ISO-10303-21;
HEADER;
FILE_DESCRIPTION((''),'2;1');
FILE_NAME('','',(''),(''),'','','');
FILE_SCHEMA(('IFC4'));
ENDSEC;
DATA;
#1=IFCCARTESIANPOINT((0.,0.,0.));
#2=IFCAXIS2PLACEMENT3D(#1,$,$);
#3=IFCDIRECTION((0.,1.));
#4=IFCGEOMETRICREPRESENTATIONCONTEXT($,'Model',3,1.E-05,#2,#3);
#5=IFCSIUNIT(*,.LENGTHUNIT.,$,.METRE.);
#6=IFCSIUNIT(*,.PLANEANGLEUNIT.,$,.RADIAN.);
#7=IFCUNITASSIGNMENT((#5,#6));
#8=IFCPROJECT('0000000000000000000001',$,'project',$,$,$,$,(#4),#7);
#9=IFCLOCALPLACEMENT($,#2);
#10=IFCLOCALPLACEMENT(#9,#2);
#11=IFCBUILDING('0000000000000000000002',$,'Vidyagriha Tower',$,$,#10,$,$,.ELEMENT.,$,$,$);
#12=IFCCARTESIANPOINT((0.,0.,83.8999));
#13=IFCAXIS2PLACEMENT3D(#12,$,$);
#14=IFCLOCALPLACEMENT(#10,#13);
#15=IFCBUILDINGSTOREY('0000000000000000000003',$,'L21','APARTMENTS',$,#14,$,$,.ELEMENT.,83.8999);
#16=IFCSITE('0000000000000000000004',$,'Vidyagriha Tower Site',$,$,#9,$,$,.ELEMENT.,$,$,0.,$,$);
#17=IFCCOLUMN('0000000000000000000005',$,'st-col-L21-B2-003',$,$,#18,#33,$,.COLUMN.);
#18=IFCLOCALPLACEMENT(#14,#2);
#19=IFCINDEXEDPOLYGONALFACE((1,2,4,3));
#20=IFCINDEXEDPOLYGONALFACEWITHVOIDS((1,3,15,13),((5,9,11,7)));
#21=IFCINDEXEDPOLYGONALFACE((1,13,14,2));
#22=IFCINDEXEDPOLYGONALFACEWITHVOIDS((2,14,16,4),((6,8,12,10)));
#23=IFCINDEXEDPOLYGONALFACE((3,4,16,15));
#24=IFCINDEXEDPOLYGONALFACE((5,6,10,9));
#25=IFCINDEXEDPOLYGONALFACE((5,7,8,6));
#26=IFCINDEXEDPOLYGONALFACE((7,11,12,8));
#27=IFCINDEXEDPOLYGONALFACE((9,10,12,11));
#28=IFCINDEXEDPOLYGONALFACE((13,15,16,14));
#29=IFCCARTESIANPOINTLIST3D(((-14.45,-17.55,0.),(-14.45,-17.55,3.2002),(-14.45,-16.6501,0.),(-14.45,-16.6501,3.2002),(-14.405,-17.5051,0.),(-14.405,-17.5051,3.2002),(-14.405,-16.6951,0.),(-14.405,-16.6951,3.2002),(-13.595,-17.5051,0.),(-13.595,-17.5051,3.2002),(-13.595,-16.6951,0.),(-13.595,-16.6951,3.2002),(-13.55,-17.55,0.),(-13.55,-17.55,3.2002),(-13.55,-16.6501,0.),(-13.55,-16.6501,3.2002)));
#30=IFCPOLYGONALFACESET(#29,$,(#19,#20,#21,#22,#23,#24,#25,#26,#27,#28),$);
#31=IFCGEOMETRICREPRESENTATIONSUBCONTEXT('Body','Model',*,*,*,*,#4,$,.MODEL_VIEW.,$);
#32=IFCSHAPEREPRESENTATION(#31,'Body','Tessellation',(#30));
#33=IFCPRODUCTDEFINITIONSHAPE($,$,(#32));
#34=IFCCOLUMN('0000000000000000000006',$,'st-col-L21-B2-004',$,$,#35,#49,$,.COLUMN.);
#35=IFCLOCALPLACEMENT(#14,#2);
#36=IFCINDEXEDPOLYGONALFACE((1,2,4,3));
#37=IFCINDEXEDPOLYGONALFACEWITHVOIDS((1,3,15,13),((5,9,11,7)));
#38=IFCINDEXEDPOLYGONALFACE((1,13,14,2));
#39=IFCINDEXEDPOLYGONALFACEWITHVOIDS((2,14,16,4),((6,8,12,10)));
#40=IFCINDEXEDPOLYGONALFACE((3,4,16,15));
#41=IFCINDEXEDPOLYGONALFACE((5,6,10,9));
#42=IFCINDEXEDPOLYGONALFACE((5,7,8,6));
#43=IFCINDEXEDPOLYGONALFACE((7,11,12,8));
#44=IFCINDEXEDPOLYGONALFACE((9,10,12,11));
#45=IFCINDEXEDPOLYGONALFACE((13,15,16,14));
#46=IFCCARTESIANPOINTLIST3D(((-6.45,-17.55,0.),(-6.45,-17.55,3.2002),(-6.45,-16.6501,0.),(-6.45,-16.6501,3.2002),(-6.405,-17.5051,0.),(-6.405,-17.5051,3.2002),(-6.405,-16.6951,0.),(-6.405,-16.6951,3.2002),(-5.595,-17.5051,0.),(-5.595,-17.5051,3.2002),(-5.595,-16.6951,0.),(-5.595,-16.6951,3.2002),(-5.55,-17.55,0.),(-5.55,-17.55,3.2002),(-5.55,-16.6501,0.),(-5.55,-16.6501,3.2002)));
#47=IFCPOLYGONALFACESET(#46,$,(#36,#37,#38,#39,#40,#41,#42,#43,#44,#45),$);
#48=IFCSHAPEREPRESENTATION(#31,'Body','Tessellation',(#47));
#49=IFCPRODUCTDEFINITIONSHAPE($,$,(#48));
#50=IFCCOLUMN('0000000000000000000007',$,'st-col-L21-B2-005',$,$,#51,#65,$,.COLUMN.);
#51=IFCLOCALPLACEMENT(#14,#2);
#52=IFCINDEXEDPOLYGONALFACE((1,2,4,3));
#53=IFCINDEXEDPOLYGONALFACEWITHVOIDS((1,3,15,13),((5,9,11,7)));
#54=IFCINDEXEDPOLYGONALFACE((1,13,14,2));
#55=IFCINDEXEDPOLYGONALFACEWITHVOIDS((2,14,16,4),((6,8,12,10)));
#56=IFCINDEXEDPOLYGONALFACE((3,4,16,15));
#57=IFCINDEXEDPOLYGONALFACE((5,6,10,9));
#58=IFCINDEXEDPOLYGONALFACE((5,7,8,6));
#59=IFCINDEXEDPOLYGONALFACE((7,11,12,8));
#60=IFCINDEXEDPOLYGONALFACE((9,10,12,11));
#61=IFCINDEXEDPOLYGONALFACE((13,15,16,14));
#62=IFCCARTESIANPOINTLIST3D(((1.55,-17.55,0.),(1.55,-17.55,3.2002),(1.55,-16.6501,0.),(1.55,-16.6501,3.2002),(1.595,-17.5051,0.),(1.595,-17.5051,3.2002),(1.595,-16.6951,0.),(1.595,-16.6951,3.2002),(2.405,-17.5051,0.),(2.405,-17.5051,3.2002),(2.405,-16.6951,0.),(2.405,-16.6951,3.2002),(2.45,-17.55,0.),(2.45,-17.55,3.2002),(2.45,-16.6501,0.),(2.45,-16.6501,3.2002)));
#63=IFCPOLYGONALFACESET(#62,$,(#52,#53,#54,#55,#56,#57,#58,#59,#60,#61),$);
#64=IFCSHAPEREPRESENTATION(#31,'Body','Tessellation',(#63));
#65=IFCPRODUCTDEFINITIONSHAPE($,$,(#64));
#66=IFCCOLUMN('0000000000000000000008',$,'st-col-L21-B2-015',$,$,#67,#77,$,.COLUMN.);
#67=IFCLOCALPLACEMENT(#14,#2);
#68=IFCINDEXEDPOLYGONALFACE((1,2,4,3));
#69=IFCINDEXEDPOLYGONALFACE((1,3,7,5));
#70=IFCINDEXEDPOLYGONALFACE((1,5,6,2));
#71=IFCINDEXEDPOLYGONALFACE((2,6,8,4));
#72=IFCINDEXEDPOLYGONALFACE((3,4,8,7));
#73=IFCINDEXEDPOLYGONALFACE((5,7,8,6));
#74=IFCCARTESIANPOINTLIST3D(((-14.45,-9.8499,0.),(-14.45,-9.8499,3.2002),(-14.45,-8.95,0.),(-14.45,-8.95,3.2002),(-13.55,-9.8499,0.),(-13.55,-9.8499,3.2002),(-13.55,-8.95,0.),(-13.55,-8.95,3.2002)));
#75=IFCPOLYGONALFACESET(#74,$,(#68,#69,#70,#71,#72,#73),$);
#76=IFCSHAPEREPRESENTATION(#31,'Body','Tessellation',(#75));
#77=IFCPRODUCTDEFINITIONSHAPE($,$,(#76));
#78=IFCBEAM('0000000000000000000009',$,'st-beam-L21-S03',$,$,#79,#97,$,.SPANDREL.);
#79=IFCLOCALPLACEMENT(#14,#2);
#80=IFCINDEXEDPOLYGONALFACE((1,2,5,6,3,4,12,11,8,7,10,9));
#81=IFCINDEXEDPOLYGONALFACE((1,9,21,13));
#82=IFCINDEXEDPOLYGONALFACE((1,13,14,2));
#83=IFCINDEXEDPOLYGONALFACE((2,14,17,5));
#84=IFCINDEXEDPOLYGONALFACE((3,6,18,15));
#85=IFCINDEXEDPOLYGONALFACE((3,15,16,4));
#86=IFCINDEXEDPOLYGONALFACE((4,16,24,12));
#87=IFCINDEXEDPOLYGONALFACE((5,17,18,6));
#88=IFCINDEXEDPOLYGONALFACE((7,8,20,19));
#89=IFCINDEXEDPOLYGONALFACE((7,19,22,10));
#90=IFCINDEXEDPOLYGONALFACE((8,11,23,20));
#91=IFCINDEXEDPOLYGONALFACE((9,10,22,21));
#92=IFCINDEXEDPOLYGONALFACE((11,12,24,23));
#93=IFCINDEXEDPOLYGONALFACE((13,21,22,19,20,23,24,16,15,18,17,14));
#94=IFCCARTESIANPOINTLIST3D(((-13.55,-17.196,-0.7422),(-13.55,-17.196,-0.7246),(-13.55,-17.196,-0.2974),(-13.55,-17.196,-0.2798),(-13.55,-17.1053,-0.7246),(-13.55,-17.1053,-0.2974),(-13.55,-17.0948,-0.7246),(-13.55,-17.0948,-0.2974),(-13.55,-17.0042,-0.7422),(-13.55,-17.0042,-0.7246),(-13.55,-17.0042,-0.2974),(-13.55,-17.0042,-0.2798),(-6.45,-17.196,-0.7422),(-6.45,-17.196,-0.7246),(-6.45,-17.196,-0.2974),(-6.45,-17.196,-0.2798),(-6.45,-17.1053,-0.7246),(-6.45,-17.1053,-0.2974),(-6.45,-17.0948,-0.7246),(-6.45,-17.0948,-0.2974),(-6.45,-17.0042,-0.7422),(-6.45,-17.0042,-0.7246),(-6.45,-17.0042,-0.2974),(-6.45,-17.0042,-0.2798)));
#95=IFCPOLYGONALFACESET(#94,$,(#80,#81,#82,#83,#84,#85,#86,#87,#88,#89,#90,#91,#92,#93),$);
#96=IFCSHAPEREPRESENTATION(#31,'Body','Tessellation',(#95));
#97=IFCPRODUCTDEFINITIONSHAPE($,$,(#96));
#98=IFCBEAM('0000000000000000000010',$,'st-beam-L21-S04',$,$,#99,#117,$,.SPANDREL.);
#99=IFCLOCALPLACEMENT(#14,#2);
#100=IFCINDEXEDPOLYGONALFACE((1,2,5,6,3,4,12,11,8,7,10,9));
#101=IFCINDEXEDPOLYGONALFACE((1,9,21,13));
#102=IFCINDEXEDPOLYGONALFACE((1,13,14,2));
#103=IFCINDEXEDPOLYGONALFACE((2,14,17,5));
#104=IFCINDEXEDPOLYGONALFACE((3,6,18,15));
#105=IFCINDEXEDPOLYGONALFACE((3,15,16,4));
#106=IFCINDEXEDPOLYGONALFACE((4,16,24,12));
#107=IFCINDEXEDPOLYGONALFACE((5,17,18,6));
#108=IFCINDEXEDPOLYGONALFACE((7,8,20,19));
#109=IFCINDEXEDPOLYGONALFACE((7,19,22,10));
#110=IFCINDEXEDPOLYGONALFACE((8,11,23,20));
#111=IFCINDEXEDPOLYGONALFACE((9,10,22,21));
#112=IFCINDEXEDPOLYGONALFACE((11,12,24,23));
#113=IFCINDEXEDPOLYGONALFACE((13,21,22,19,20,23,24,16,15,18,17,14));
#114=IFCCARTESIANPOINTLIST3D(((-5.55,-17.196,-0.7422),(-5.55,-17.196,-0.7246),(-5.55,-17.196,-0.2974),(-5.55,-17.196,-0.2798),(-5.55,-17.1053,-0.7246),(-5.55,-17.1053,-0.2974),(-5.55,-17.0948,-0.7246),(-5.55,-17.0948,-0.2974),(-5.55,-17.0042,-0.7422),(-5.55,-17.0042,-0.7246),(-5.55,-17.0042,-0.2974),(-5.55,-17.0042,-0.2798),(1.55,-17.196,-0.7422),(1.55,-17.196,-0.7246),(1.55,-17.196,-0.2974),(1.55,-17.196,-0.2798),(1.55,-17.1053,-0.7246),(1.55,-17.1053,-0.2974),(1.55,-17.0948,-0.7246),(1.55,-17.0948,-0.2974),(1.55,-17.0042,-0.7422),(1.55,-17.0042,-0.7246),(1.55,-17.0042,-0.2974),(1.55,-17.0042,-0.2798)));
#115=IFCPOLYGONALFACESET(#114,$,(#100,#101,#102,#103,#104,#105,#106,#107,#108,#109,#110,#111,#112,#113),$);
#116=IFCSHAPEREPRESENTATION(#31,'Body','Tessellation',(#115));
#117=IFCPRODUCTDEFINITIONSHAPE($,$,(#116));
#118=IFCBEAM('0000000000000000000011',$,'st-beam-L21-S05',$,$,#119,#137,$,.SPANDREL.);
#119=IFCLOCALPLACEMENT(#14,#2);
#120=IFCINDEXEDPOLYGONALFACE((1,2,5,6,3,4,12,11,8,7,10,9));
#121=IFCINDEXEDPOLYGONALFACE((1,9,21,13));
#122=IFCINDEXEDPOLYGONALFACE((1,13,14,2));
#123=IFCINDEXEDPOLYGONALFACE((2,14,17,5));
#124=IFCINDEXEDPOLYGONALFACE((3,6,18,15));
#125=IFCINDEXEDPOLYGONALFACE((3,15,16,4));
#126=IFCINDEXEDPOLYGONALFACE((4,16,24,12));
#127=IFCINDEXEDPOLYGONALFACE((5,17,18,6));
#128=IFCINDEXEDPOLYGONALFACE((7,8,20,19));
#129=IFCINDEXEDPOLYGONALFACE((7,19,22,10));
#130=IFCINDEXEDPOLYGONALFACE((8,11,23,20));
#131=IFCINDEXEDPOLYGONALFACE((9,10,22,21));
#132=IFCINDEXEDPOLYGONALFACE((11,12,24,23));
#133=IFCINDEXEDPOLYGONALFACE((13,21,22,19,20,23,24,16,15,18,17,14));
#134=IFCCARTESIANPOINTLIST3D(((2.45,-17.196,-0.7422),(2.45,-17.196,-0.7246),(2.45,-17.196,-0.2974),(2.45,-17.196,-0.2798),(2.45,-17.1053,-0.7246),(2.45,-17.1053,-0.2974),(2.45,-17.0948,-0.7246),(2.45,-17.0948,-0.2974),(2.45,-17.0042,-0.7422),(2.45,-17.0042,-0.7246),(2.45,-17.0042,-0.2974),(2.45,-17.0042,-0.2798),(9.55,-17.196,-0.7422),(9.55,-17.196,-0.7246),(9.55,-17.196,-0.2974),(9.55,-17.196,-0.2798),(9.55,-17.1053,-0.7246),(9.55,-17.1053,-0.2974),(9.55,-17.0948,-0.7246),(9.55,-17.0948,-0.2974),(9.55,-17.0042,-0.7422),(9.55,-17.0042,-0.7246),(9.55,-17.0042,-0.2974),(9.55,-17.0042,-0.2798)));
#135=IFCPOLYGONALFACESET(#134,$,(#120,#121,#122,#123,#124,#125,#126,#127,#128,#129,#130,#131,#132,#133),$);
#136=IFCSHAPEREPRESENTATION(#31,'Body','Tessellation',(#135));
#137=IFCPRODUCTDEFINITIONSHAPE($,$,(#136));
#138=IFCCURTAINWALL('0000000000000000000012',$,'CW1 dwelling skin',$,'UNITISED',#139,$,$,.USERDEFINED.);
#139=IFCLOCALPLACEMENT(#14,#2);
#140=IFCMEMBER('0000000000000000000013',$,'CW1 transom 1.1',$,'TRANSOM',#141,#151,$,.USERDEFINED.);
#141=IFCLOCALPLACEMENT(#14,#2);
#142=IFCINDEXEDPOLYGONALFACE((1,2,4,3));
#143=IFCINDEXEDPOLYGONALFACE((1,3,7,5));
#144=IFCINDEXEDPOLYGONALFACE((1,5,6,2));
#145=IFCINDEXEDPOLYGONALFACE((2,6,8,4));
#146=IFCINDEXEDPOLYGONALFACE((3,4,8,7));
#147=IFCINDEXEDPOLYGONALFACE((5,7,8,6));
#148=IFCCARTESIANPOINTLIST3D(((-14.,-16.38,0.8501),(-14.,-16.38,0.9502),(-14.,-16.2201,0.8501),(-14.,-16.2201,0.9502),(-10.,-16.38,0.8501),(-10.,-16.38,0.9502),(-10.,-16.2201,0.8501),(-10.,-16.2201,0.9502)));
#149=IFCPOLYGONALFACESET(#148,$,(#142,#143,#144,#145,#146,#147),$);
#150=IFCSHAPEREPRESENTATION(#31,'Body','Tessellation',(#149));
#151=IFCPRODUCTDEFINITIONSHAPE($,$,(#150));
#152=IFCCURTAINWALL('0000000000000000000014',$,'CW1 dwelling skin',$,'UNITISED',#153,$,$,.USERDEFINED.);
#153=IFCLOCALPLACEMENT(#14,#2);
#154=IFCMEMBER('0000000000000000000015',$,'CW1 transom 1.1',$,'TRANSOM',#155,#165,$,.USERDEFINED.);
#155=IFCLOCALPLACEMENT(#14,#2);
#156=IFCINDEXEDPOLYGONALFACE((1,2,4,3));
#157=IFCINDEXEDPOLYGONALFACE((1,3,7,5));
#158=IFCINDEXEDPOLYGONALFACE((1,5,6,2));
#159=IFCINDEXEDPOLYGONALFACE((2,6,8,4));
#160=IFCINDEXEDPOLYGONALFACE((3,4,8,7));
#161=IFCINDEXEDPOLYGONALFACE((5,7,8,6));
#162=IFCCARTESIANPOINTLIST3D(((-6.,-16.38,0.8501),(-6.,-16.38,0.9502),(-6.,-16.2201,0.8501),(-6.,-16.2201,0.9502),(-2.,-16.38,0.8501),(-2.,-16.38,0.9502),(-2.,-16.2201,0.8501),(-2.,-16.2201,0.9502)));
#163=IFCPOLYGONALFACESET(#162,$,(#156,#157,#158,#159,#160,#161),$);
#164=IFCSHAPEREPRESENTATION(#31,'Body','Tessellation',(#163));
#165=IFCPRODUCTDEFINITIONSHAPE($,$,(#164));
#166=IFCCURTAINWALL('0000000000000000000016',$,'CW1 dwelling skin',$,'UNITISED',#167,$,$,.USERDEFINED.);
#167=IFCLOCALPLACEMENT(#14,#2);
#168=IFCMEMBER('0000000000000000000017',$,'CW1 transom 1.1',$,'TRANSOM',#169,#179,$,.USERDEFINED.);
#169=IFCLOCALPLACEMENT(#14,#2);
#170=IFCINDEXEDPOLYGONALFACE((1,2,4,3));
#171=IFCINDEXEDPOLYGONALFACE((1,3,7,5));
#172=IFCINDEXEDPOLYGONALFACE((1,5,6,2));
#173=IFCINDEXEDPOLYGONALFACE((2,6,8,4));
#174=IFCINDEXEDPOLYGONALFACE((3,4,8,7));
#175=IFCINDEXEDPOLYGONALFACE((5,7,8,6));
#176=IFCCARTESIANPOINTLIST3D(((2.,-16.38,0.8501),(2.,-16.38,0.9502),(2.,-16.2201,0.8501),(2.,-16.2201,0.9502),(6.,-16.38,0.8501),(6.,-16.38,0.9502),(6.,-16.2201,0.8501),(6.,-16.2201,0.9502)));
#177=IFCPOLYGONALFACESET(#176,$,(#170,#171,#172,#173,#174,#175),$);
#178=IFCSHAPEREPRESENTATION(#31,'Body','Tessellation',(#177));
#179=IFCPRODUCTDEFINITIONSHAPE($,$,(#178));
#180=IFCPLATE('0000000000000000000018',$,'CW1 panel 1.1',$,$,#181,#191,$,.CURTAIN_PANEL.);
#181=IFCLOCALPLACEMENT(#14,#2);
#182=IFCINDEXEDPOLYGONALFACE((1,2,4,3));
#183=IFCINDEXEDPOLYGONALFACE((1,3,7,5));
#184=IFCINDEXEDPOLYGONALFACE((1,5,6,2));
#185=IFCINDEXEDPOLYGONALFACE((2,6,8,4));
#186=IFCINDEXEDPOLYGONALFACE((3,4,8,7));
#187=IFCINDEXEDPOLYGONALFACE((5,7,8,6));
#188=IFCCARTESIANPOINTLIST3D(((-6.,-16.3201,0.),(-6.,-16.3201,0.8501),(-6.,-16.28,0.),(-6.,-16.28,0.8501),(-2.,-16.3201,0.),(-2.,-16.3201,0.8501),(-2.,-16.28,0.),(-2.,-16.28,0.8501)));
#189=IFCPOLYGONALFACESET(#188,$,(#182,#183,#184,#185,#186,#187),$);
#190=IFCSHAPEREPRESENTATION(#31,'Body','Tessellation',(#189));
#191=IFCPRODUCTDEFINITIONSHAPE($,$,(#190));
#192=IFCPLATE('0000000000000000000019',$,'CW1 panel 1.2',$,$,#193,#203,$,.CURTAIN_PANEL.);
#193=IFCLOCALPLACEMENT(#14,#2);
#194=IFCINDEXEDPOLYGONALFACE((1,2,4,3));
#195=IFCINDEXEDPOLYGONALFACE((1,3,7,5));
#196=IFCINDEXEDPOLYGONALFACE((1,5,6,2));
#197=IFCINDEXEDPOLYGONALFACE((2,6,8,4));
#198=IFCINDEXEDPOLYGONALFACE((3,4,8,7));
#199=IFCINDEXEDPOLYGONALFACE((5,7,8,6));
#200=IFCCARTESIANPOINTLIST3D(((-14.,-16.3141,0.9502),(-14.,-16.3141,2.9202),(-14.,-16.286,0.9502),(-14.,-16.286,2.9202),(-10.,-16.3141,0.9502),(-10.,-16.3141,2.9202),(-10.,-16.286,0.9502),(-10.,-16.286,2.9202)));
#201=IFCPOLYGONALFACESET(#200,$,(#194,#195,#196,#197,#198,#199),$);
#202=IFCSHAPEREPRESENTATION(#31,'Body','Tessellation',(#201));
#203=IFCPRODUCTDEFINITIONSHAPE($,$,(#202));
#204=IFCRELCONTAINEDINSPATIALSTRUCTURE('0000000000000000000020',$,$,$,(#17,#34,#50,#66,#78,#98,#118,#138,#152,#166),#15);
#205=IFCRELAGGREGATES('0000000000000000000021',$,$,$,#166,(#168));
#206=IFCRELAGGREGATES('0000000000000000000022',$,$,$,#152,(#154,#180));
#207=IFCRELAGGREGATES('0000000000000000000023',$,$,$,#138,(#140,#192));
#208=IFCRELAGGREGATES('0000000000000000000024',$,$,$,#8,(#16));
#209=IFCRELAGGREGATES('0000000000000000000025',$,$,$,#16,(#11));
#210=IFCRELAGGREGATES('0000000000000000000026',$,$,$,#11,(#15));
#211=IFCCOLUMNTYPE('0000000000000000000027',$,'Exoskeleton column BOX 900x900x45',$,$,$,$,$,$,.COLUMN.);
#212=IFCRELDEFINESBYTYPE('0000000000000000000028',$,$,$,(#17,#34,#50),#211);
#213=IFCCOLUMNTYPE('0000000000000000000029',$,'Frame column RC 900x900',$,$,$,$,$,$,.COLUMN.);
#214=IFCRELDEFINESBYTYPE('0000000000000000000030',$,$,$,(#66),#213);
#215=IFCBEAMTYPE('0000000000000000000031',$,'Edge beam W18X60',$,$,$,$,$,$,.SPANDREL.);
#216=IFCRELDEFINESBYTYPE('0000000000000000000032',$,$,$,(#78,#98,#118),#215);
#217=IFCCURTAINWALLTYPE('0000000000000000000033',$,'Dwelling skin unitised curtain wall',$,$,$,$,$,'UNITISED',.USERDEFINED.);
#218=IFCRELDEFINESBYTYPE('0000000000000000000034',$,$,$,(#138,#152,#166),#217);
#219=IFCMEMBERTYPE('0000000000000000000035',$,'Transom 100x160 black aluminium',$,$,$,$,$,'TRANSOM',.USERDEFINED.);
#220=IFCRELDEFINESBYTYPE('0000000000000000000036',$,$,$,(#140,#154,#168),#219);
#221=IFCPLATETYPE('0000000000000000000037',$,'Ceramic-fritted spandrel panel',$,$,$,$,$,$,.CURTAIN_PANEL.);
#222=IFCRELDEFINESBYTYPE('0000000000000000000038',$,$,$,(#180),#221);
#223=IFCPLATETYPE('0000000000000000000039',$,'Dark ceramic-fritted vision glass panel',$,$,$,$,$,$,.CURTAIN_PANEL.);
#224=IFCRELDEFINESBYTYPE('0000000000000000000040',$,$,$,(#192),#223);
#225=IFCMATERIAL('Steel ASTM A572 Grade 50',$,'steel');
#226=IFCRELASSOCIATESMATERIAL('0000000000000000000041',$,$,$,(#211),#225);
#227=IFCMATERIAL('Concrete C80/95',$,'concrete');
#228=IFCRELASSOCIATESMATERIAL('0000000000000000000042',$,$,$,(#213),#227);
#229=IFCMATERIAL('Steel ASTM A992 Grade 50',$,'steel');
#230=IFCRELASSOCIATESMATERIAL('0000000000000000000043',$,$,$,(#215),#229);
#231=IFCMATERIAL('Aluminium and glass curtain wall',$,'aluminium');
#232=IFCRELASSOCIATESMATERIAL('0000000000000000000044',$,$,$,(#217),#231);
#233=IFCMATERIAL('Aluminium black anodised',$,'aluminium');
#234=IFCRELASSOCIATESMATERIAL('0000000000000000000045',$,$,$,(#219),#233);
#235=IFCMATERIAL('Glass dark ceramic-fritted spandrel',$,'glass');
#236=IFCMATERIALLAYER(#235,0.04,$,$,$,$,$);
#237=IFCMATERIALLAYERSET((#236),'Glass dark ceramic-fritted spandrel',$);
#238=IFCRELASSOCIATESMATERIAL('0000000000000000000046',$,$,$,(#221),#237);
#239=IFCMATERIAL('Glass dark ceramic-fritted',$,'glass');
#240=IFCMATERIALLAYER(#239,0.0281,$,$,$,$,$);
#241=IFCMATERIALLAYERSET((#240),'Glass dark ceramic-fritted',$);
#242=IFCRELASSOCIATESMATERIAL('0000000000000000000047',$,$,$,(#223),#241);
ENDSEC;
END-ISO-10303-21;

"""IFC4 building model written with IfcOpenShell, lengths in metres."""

from ifc_helpers import new_model, si_unit, direction, frame, origin, origin_2d, place, context, subcontext, project, spatial, rectangle, hollow_rectangle, i_section, extrude, material, layer, layer_set, material_profile, profile_set, type_object, element, aggregate, save


model = new_model("IFC4")

# Units and contexts
model_context = context("Model", 3, precision=1e-05, world=origin(), true_north=direction((0.0, 1.0)))
body_context = subcontext(model_context, "Body", "Model", "MODEL_VIEW")
ifc_project = project(units=[si_unit("LENGTHUNIT", "METRE"), si_unit("PLANEANGLEUNIT", "RADIAN")], contexts=[model_context])

# Site, building, storey
site_placement = place(None, origin())
site = spatial("IfcSite", under=ifc_project, at=site_placement, Name="Vidyagriha Tower Site", CompositionType="ELEMENT", RefElevation=0.0)
building_placement = place(site_placement, origin())
building = spatial("IfcBuilding", under=site, at=building_placement, Name="Vidyagriha Tower", CompositionType="ELEMENT")
storey_placement = place(building_placement, frame((0.0, 0.0, 83.8999)))
storey = spatial("IfcBuildingStorey", under=building, at=storey_placement, Name="L21", Description="APARTMENTS", CompositionType="ELEMENT", Elevation=83.8999)

# Columns
ifc_material_1 = material(Name="Steel ASTM A572 Grade 50", Category="steel")
ifc_material_profile_1 = material_profile(ifc_material_1, hollow_rectangle(XDim=0.8999, YDim=0.8999, WallThickness=0.0449, at=origin_2d()), Name="BOX 900x900x45")
ifc_profile_set_1 = profile_set([ifc_material_profile_1], Name="Steel ASTM A572 Grade 50")
column_type_1 = type_object("IfcColumnType", Name="Exoskeleton column BOX 900x900x45", PredefinedType="COLUMN", material=ifc_profile_set_1)
for number, where, name in (
    (1, (-14.0, -17.1001, 0.0), "st-col-L21-B2-003"),
    (2, (-6.0, -17.1001, 0.0), "st-col-L21-B2-004"),
    (3, (2.0, -17.1001, 0.0), "st-col-L21-B2-005"),
):
    element("IfcColumn", number, at=place(storey_placement, frame(where)), inside=storey, type_object=column_type_1, Name=name, PredefinedType="COLUMN", context=body_context, shape_type="SweptSolid", body=[
        extrude(hollow_rectangle(XDim=0.8999, YDim=0.8999, WallThickness=0.0449, at=origin_2d()), origin(), (0.0, 0.0, 1.0), 3.2002),
    ])
ifc_material_2 = material(Name="Concrete C80/95", Category="concrete")
ifc_material_profile_2 = material_profile(ifc_material_2, rectangle(XDim=0.8999, YDim=0.8999, at=origin_2d()), Name="RC 900x900")
ifc_profile_set_2 = profile_set([ifc_material_profile_2], Name="Concrete C80/95")
column_type_2 = type_object("IfcColumnType", Name="Frame column RC 900x900", PredefinedType="COLUMN", material=ifc_profile_set_2)
column_placement = place(storey_placement, frame((-14.0, -9.3999, 0.0)))
element("IfcColumn", 4, at=column_placement, inside=storey, type_object=column_type_2, Name="st-col-L21-B2-015", PredefinedType="COLUMN", context=body_context, shape_type="SweptSolid", body=[
    extrude(rectangle(XDim=0.8999, YDim=0.8999, at=origin_2d()), origin(), (0.0, 0.0, 1.0), 3.2002),
])

# Beams
ifc_material_3 = material(Name="Steel ASTM A992 Grade 50", Category="steel")
ifc_material_profile_3 = material_profile(ifc_material_3, i_section(OverallWidth=0.1919, OverallDepth=0.4624, WebThickness=0.0105, FlangeThickness=0.0176, at=origin_2d()), Name="W18X60")
ifc_profile_set_3 = profile_set([ifc_material_profile_3], Name="Steel ASTM A992 Grade 50")
beam_type = type_object("IfcBeamType", Name="Edge beam W18X60", PredefinedType="SPANDREL", material=ifc_profile_set_3)
for number, where, z_axis, x_axis, name in (
    (5, (-13.55, -17.1001, -0.511), (1.0, 0.0, 0.0), (0.0, 1.0, 0.0), "st-beam-L21-S03"),
    (6, (-5.55, -17.1001, -0.511), (1.0, 0.0, 0.0), (0.0, 1.0, 0.0), "st-beam-L21-S04"),
    (7, (2.45, -17.1001, -0.511), (1.0, 0.0, 0.0), (0.0, 1.0, 0.0), "st-beam-L21-S05"),
):
    element("IfcBeam", number, at=place(storey_placement, frame(where, z_axis=z_axis, x_axis=x_axis)), inside=storey, type_object=beam_type, Name=name, PredefinedType="SPANDREL", context=body_context, shape_type="SweptSolid", body=[
        extrude(i_section(OverallWidth=0.1919, OverallDepth=0.4624, WebThickness=0.0105, FlangeThickness=0.0176, at=origin_2d()), origin(), (0.0, 0.0, 1.0), 7.1001),
    ])

# Curtain walls, members
ifc_material_4 = material(Name="Aluminium and glass curtain wall", Category="aluminium")
curtain_wall_type = type_object("IfcCurtainWallType", Name="Dwelling skin unitised curtain wall", ElementType="UNITISED", PredefinedType="USERDEFINED", material=ifc_material_4)
curtain_wall_1_placement = place(storey_placement, origin())
curtain_wall_1 = element("IfcCurtainWall", 8, at=curtain_wall_1_placement, inside=storey, type_object=curtain_wall_type, Name="CW1 dwelling skin", ObjectType="UNITISED", PredefinedType="USERDEFINED")
ifc_material_5 = material(Name="Aluminium black anodised", Category="aluminium")
ifc_material_profile_4 = material_profile(ifc_material_5, rectangle(XDim=0.1599, YDim=0.1001, at=origin_2d()), Name="Transom 100x160 black aluminium")
ifc_profile_set_4 = profile_set([ifc_material_profile_4], Name="Aluminium black anodised")
member_type = type_object("IfcMemberType", Name="Transom 100x160 black aluminium", ElementType="TRANSOM", PredefinedType="USERDEFINED", material=ifc_profile_set_4)
member_1_placement = place(storey_placement, frame((-14.0, -16.3, 0.9001), z_axis=(1.0, 0.0, 0.0), x_axis=(0.0, 1.0, 0.0)))
member_1 = element("IfcMember", 9, at=member_1_placement, type_object=member_type, Name="CW1 transom 1.1", ObjectType="TRANSOM", PredefinedType="USERDEFINED", context=body_context, shape_type="SweptSolid", body=[
    extrude(rectangle(XDim=0.1599, YDim=0.1001, at=origin_2d()), origin(), (0.0, 0.0, 1.0), 4.0),
])
curtain_wall_2_placement = place(storey_placement, origin())
curtain_wall_2 = element("IfcCurtainWall", 10, at=curtain_wall_2_placement, inside=storey, type_object=curtain_wall_type, Name="CW1 dwelling skin", ObjectType="UNITISED", PredefinedType="USERDEFINED")
member_2_placement = place(storey_placement, frame((-6.0, -16.3, 0.9001), z_axis=(1.0, 0.0, 0.0), x_axis=(0.0, 1.0, 0.0)))
member_2 = element("IfcMember", 11, at=member_2_placement, type_object=member_type, Name="CW1 transom 1.1", ObjectType="TRANSOM", PredefinedType="USERDEFINED", context=body_context, shape_type="SweptSolid", body=[
    extrude(rectangle(XDim=0.1599, YDim=0.1001, at=origin_2d()), origin(), (0.0, 0.0, 1.0), 4.0),
])
curtain_wall_3_placement = place(storey_placement, origin())
curtain_wall_3 = element("IfcCurtainWall", 12, at=curtain_wall_3_placement, inside=storey, type_object=curtain_wall_type, Name="CW1 dwelling skin", ObjectType="UNITISED", PredefinedType="USERDEFINED")
member_3_placement = place(storey_placement, frame((2.0, -16.3, 0.9001), z_axis=(1.0, 0.0, 0.0), x_axis=(0.0, 1.0, 0.0)))
member_3 = element("IfcMember", 13, at=member_3_placement, type_object=member_type, Name="CW1 transom 1.1", ObjectType="TRANSOM", PredefinedType="USERDEFINED", context=body_context, shape_type="SweptSolid", body=[
    extrude(rectangle(XDim=0.1599, YDim=0.1001, at=origin_2d()), origin(), (0.0, 0.0, 1.0), 4.0),
])
aggregate(curtain_wall_3, [member_3])

# Plates
ifc_material_6 = material(Name="Glass dark ceramic-fritted spandrel", Category="glass")
ifc_layer_1 = layer(ifc_material_6, 0.04)
ifc_layer_set_1 = layer_set([ifc_layer_1], Name="Glass dark ceramic-fritted spandrel")
plate_type_1 = type_object("IfcPlateType", Name="Ceramic-fritted spandrel panel", PredefinedType="CURTAIN_PANEL", material=ifc_layer_set_1)
plate_1_placement = place(storey_placement, frame((-4.0, -16.3, 0.0)))
plate_1 = element("IfcPlate", 14, at=plate_1_placement, type_object=plate_type_1, Name="CW1 panel 1.1", PredefinedType="CURTAIN_PANEL", context=body_context, shape_type="SweptSolid", body=[
    extrude(rectangle(XDim=4.0, YDim=0.04, at=origin_2d()), origin(), (0.0, 0.0, 1.0), 0.8501),
])
ifc_material_7 = material(Name="Glass dark ceramic-fritted", Category="glass")
ifc_layer_2 = layer(ifc_material_7, 0.0281)
ifc_layer_set_2 = layer_set([ifc_layer_2], Name="Glass dark ceramic-fritted")
plate_type_2 = type_object("IfcPlateType", Name="Dark ceramic-fritted vision glass panel", PredefinedType="CURTAIN_PANEL", material=ifc_layer_set_2)
plate_2_placement = place(storey_placement, frame((-12.0, -16.3, 0.9502)))
plate_2 = element("IfcPlate", 15, at=plate_2_placement, type_object=plate_type_2, Name="CW1 panel 1.2", PredefinedType="CURTAIN_PANEL", context=body_context, shape_type="SweptSolid", body=[
    extrude(rectangle(XDim=4.0, YDim=0.0281, at=origin_2d()), origin(), (0.0, 0.0, 1.0), 1.97),
])
aggregate(curtain_wall_2, [member_2, plate_1])
aggregate(curtain_wall_1, [member_1, plate_2])

save(model, "model.ifc")
